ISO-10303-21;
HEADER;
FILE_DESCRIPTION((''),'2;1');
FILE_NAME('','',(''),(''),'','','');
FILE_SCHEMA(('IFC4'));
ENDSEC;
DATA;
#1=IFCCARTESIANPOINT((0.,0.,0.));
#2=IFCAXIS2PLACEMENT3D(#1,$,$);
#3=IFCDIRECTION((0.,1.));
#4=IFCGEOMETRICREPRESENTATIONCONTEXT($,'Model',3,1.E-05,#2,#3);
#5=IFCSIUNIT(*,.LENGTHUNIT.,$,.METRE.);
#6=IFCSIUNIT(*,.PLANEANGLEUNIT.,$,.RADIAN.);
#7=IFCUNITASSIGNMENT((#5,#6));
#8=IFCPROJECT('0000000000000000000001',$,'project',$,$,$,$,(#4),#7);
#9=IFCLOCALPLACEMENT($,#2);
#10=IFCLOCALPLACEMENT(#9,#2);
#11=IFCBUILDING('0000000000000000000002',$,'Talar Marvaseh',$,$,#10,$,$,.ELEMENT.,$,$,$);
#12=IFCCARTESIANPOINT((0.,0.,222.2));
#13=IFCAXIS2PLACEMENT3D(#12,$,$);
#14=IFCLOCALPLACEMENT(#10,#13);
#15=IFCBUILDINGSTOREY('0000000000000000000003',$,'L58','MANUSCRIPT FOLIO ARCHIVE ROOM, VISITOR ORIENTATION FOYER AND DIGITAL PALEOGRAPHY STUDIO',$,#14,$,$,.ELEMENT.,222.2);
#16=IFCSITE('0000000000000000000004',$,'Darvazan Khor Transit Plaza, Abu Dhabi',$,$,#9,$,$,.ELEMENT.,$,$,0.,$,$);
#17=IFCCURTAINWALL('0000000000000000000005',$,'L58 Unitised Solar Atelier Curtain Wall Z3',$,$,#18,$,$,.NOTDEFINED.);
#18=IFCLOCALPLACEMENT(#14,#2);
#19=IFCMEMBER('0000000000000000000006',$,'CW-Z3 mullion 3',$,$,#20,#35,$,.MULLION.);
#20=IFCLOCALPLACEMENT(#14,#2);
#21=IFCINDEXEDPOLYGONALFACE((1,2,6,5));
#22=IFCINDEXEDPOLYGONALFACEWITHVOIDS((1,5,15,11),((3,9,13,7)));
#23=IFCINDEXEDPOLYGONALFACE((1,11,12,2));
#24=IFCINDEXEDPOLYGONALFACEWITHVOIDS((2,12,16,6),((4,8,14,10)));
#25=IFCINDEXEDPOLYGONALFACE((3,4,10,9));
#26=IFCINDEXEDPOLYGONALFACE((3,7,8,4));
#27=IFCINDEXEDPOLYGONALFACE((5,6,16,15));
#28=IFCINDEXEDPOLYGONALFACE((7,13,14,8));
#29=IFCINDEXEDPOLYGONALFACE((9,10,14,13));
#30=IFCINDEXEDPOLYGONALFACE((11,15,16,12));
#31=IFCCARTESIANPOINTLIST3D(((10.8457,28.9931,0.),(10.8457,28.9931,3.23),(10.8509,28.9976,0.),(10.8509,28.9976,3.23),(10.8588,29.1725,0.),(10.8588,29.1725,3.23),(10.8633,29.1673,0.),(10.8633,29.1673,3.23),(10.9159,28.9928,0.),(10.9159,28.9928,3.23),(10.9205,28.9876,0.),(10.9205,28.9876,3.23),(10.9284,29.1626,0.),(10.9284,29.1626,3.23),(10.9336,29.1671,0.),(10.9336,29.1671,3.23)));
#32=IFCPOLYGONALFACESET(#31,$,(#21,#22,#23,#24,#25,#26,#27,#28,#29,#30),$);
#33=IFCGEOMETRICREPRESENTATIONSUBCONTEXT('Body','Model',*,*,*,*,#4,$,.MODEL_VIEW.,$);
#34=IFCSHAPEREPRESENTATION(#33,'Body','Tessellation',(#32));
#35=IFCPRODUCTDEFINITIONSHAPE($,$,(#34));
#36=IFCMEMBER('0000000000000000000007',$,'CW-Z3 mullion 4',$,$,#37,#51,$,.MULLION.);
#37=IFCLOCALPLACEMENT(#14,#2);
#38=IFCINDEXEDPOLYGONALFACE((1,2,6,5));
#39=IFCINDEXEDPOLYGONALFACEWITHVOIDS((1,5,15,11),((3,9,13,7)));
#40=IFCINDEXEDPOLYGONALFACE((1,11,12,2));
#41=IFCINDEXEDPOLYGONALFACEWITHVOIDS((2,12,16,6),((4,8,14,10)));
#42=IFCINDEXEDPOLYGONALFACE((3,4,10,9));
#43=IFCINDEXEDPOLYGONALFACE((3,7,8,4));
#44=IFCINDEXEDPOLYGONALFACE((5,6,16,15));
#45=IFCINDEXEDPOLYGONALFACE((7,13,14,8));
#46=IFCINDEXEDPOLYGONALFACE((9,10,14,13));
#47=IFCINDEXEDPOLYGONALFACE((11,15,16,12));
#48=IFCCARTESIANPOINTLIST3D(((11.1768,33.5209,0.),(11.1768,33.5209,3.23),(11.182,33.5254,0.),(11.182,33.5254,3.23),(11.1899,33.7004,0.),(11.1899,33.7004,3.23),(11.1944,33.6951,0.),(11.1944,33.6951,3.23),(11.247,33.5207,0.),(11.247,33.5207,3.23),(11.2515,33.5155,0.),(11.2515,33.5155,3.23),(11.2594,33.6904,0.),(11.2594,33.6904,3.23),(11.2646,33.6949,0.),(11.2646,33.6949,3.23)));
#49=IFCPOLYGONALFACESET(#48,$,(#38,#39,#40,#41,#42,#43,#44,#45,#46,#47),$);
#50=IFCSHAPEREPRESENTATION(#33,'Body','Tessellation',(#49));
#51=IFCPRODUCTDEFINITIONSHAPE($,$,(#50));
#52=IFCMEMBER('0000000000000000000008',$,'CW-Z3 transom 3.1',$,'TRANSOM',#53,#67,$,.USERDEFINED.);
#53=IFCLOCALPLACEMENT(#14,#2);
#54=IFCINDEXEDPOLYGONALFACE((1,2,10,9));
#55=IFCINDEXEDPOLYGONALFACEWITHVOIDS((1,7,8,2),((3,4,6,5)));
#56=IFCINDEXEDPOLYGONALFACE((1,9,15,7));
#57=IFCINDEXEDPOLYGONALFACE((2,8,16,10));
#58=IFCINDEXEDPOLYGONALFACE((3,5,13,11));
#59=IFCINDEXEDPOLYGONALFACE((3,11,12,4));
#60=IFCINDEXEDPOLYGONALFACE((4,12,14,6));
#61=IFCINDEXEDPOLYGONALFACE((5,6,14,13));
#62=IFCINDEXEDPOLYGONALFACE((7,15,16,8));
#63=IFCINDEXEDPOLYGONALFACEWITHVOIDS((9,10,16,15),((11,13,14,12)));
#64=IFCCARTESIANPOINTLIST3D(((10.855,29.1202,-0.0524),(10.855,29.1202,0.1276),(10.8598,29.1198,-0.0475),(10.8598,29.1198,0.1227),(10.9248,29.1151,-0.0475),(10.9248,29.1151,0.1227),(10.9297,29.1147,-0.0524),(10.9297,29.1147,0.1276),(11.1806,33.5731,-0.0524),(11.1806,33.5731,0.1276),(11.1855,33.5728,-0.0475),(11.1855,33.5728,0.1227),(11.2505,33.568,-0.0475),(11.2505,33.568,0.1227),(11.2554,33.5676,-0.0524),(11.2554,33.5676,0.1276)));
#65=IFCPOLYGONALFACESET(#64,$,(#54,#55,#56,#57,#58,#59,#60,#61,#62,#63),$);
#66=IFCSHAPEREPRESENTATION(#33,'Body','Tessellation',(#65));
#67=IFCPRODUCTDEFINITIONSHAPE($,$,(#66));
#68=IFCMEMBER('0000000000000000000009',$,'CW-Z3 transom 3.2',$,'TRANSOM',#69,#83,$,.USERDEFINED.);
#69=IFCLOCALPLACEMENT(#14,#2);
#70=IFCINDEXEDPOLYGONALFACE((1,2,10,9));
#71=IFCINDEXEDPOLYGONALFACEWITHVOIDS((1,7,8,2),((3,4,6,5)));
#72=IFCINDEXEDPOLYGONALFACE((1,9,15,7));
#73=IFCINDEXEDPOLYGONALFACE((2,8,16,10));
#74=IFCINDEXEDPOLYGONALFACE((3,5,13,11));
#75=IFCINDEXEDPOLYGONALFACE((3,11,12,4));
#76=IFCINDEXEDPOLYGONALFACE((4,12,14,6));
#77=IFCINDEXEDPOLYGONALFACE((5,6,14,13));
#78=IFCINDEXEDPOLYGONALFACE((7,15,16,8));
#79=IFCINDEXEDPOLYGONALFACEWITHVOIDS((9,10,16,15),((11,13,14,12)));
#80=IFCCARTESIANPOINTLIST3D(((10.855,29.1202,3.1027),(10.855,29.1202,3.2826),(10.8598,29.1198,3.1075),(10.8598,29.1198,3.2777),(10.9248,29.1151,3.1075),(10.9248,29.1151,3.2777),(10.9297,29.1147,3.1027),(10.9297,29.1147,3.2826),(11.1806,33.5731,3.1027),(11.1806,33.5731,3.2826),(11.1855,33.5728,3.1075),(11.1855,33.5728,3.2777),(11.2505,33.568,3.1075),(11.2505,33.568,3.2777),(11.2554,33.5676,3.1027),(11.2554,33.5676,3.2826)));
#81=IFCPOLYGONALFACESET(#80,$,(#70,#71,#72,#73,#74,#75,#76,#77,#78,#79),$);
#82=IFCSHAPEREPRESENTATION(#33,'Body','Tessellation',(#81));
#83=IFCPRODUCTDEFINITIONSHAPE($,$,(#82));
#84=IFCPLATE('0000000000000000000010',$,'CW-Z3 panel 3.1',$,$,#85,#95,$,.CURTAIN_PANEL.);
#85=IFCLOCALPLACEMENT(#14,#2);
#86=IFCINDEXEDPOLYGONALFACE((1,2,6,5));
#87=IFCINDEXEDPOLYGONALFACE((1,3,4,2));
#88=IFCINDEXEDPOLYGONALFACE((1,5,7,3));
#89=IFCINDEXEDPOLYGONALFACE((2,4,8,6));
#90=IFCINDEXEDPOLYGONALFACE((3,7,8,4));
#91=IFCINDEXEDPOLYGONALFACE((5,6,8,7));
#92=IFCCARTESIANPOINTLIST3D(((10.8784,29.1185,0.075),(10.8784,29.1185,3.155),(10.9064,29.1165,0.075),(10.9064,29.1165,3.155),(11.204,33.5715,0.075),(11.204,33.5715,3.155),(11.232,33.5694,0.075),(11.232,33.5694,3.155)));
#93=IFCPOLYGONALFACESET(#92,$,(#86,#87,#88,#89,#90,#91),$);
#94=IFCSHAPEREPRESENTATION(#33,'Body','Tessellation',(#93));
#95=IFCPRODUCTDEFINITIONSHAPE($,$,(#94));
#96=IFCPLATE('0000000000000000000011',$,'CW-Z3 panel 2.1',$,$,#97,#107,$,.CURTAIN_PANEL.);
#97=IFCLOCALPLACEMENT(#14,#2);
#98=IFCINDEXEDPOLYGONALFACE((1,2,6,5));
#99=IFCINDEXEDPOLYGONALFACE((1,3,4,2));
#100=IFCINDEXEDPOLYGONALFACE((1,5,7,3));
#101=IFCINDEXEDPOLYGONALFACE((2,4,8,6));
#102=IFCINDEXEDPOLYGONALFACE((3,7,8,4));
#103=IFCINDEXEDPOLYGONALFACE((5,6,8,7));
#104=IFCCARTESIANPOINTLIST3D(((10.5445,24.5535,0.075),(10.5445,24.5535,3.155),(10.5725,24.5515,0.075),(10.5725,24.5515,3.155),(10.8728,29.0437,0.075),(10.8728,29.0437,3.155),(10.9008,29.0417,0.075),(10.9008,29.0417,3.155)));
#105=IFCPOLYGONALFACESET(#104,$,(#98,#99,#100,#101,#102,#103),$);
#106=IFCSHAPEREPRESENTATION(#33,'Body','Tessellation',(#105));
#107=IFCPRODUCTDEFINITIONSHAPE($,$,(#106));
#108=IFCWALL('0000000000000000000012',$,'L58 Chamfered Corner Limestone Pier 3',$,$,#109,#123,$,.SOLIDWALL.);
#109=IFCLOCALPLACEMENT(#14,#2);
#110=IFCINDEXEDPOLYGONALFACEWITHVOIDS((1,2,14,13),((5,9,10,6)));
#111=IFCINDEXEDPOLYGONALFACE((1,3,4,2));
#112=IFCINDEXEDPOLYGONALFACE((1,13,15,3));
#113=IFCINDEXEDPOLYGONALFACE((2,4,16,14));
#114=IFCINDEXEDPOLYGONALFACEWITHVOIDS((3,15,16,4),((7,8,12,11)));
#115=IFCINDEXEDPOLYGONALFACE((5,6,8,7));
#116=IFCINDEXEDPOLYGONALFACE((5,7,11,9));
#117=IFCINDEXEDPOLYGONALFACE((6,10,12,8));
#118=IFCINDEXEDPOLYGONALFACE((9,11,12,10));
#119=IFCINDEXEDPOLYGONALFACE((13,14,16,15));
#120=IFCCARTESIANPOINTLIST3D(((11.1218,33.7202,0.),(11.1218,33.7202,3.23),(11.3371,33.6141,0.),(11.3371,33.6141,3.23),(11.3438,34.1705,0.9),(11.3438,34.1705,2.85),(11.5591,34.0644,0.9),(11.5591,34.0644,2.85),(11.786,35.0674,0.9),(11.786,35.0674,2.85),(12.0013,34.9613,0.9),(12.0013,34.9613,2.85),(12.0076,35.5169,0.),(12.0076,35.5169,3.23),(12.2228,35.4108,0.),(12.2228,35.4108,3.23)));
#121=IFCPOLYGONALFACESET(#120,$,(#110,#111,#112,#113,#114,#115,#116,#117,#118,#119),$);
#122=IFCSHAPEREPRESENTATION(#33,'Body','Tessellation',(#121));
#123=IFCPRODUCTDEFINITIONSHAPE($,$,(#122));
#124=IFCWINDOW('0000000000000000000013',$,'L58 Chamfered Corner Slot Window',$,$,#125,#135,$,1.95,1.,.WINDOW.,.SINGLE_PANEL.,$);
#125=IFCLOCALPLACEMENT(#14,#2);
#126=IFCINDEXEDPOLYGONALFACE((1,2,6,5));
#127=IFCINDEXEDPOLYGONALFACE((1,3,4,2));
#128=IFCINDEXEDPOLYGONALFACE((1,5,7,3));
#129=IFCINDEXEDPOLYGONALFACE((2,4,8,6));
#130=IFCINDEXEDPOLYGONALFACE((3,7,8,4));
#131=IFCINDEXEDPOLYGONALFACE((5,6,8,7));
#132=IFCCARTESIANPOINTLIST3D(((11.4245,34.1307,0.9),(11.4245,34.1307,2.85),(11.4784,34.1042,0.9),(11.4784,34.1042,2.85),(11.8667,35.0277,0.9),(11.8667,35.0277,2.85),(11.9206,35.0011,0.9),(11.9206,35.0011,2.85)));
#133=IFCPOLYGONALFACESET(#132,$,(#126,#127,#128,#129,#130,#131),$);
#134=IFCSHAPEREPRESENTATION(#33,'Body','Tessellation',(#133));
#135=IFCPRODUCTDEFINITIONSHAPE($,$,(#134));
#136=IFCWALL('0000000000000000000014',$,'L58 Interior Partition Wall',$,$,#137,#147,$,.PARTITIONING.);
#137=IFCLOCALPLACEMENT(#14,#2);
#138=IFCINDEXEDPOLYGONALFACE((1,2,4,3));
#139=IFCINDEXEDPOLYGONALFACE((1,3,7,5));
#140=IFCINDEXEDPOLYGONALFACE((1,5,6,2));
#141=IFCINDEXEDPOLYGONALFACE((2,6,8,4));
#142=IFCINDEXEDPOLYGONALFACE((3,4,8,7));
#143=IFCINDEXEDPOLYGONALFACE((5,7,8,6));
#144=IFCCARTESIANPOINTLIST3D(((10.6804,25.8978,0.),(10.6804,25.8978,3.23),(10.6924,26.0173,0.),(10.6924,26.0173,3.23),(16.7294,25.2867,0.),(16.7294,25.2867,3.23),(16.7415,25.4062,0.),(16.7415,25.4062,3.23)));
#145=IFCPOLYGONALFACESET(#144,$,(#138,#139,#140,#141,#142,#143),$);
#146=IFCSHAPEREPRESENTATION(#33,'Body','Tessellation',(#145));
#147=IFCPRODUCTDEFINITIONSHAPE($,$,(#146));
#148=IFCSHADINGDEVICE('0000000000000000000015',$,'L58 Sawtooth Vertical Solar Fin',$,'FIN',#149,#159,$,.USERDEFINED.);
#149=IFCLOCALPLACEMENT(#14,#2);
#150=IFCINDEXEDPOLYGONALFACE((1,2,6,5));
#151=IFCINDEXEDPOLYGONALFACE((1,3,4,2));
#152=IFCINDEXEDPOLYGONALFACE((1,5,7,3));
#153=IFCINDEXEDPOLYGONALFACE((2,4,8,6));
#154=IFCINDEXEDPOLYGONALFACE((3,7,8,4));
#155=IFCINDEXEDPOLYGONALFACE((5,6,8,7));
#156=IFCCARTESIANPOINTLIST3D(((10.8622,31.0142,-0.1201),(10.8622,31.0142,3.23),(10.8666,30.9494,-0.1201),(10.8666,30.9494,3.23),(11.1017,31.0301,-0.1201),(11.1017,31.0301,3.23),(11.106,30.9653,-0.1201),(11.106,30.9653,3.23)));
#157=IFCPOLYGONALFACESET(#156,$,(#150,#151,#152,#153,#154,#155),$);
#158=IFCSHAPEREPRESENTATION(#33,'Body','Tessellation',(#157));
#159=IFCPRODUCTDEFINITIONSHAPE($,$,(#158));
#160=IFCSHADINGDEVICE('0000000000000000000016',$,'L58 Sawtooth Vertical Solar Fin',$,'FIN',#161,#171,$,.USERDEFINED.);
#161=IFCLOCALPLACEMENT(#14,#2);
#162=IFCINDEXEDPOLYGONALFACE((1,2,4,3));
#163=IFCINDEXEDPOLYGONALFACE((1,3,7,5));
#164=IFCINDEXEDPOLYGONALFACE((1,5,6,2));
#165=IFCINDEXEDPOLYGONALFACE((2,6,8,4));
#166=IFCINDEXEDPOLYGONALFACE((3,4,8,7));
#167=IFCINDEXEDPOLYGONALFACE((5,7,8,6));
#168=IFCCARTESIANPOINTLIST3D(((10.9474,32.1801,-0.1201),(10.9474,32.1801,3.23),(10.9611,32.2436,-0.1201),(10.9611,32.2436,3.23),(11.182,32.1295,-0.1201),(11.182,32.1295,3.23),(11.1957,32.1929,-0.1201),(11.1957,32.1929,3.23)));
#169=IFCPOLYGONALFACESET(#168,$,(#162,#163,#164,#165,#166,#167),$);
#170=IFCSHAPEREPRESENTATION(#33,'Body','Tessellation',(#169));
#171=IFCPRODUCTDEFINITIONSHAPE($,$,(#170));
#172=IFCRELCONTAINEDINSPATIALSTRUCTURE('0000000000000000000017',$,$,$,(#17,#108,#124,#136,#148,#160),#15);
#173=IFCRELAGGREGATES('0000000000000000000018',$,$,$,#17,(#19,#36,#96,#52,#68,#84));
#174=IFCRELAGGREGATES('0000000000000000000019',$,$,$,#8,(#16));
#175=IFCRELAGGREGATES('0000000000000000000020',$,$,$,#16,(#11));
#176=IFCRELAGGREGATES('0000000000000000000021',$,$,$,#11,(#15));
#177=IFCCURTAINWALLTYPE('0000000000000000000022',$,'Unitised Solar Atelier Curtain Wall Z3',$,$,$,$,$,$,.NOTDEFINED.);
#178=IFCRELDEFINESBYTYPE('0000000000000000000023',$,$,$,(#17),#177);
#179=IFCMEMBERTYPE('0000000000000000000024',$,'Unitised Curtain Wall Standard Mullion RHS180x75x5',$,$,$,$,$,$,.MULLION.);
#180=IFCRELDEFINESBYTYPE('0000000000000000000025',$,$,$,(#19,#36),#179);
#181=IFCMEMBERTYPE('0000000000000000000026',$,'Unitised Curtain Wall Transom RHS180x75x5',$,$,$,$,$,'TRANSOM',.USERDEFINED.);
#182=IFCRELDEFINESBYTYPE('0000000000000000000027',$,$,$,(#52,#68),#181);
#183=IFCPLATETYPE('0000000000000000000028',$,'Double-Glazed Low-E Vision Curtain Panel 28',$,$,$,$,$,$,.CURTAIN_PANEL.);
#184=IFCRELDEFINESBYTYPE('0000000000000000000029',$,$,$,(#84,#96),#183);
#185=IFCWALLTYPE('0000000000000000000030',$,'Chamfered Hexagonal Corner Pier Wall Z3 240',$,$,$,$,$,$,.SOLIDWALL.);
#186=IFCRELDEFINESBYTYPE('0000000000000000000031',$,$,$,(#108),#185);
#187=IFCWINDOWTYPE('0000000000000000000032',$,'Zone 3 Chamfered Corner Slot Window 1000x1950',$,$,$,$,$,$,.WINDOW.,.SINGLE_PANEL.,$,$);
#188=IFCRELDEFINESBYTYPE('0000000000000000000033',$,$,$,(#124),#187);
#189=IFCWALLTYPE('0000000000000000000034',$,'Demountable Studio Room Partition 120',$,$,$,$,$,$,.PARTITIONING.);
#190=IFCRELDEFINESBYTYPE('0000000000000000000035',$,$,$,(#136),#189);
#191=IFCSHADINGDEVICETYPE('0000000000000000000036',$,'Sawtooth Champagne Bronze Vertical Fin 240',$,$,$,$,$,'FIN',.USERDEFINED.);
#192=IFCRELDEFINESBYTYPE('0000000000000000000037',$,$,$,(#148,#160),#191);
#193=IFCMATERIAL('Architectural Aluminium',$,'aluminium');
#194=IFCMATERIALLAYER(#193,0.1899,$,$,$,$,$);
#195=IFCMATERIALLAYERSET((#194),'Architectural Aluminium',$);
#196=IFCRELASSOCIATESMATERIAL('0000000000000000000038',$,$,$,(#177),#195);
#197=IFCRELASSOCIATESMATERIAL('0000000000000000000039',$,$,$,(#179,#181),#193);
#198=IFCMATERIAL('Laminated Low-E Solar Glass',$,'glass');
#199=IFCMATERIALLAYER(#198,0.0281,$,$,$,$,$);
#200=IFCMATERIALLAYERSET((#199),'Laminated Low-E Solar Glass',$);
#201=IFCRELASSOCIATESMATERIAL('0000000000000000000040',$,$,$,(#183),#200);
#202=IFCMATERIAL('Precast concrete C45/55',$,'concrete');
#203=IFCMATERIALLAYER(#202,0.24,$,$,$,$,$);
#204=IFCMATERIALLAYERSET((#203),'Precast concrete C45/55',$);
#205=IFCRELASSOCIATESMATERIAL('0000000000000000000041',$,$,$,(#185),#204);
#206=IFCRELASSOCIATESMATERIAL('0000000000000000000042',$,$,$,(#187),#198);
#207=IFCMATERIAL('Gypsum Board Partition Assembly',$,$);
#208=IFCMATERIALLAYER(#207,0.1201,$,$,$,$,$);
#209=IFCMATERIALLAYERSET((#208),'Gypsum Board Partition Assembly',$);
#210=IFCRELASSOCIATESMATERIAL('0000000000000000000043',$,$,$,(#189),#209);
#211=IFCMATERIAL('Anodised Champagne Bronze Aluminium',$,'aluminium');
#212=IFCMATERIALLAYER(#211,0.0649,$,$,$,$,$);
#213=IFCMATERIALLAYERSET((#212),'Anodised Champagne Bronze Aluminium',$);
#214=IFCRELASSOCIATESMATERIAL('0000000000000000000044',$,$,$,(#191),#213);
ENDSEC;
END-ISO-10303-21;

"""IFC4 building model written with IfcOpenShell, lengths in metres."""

from ifc_helpers import new_model, si_unit, direction, frame, frame_2d, origin, origin_2d, place, context, subcontext, project, spatial, rectangle, hollow_rectangle, extrude, source, transform, mapped, material, layer, layer_set, material_profile, profile_set, type_object, type_shapes, element, fill, aggregate, save


model = new_model("IFC4")

# Units and contexts
model_context = context("Model", 3, precision=1e-05, world=origin(), true_north=direction((0.0, 1.0)))
body_context = subcontext(model_context, "Body", "Model", "MODEL_VIEW")
ifc_project = project(units=[si_unit("LENGTHUNIT", "METRE"), si_unit("PLANEANGLEUNIT", "RADIAN")], contexts=[model_context])

# Site, building, storey
site_placement = place(None, origin())
site = spatial("IfcSite", under=ifc_project, at=site_placement, Name="Darvazan Khor Transit Plaza, Abu Dhabi", CompositionType="ELEMENT", RefElevation=0.0)
building_placement = place(site_placement, origin())
building = spatial("IfcBuilding", under=site, at=building_placement, Name="Talar Marvaseh", CompositionType="ELEMENT")
storey_placement = place(building_placement, frame((0.0, 0.0, 222.2)))
storey = spatial("IfcBuildingStorey", under=building, at=storey_placement, Name="L58", Description="MANUSCRIPT FOLIO ARCHIVE ROOM, VISITOR ORIENTATION FOYER AND DIGITAL PALEOGRAPHY STUDIO", CompositionType="ELEMENT", Elevation=222.2)

# Curtain wall, members, plates
ifc_material_1 = material(Name="Architectural Aluminium", Category="aluminium")
ifc_layer_1 = layer(ifc_material_1, 0.1899)
ifc_layer_set_1 = layer_set([ifc_layer_1], Name="Architectural Aluminium")
curtain_wall_type = type_object("IfcCurtainWallType", Name="Unitised Solar Atelier Curtain Wall Z3", PredefinedType="NOTDEFINED", material=ifc_layer_set_1)
curtain_wall_placement = place(storey_placement, origin())
curtain_wall = element("IfcCurtainWall", 1, at=curtain_wall_placement, inside=storey, type_object=curtain_wall_type, Name="L58 Unitised Solar Atelier Curtain Wall Z3", PredefinedType="NOTDEFINED")
ifc_material_profile_1 = material_profile(ifc_material_1, hollow_rectangle(XDim=0.075, YDim=0.1799, WallThickness=0.0049, at=origin_2d()), Name="RHS180x75x5")
ifc_profile_set_1 = profile_set([ifc_material_profile_1], Name="Architectural Aluminium")
member_type_1 = type_object("IfcMemberType", Name="Unitised Curtain Wall Standard Mullion RHS180x75x5", PredefinedType="MULLION", material=ifc_profile_set_1)
shared_shape_1 = source(origin(), body_context, "Body", "SweptSolid", [
    extrude(hollow_rectangle(XDim=0.075, YDim=0.1799, WallThickness=0.0049, at=origin_2d()), origin(), (0.0, 0.0, 1.0), 3.23),
])
type_shapes(member_type_1, [shared_shape_1])
member_1_placement = place(storey_placement, frame((10.8896, 29.0801, 0.0), z_axis=(0.0, 0.0, 1.0), x_axis=(-0.997337, 0.072926, 0.0)))
member_1 = element("IfcMember", 2, at=member_1_placement, type_object=member_type_1, Name="CW-Z3 mullion 3", PredefinedType="MULLION", context=body_context, shape_type="MappedRepresentation", body=[
    mapped(shared_shape_1, transform((0.0, 0.0, 0.0), x_axis=(1.0, 0.0, 0.0), y_axis=(0.0, 1.0, 0.0), z_axis=(0.0, 0.0, 1.0), scale=1.0)),
])
member_2_placement = place(storey_placement, frame((11.2207, 33.6079, 0.0), z_axis=(0.0, 0.0, 1.0), x_axis=(-0.997337, 0.072926, 0.0)))
member_2 = element("IfcMember", 3, at=member_2_placement, type_object=member_type_1, Name="CW-Z3 mullion 4", PredefinedType="MULLION", context=body_context, shape_type="MappedRepresentation", body=[
    mapped(shared_shape_1, transform((0.0, 0.0, 0.0), x_axis=(1.0, 0.0, 0.0), y_axis=(0.0, 1.0, 0.0), z_axis=(0.0, 0.0, 1.0), scale=1.0)),
])
ifc_material_profile_2 = material_profile(ifc_material_1, hollow_rectangle(XDim=0.075, YDim=0.1799, WallThickness=0.0049, at=origin_2d()), Name="RHS180x75x5")
ifc_profile_set_2 = profile_set([ifc_material_profile_2], Name="Architectural Aluminium")
member_type_2 = type_object("IfcMemberType", Name="Unitised Curtain Wall Transom RHS180x75x5", ElementType="TRANSOM", PredefinedType="USERDEFINED", material=ifc_profile_set_2)
shared_shape_2 = source(origin(), body_context, "Body", "SweptSolid", [
    extrude(hollow_rectangle(XDim=0.075, YDim=0.1799, WallThickness=0.0049, at=origin_2d()), origin(), (0.0, 0.0, 1.0), 4.4648),
])
type_shapes(member_type_2, [shared_shape_2])
member_3_placement = place(storey_placement, frame((10.8923, 29.1174, 0.0376), z_axis=(0.072945, 0.997336, 0.0), x_axis=(-0.997336, 0.072945, 0.0)))
member_3 = element("IfcMember", 4, at=member_3_placement, type_object=member_type_2, Name="CW-Z3 transom 3.1", ObjectType="TRANSOM", PredefinedType="USERDEFINED", context=body_context, shape_type="MappedRepresentation", body=[
    mapped(shared_shape_2, transform((0.0, 0.0, 0.0), x_axis=(1.0, 0.0, 0.0), y_axis=(0.0, 1.0, 0.0), z_axis=(0.0, 0.0, 1.0), scale=1.0)),
])
member_4_placement = place(storey_placement, frame((10.8923, 29.1174, 3.1926), z_axis=(0.072945, 0.997336, 0.0), x_axis=(-0.997336, 0.072945, 0.0)))
member_4 = element("IfcMember", 5, at=member_4_placement, type_object=member_type_2, Name="CW-Z3 transom 3.2", ObjectType="TRANSOM", PredefinedType="USERDEFINED", context=body_context, shape_type="MappedRepresentation", body=[
    mapped(shared_shape_2, transform((0.0, 0.0, 0.0), x_axis=(1.0, 0.0, 0.0), y_axis=(0.0, 1.0, 0.0), z_axis=(0.0, 0.0, 1.0), scale=1.0)),
])
ifc_material_2 = material(Name="Laminated Low-E Solar Glass", Category="glass")
ifc_layer_2 = layer(ifc_material_2, 0.0281)
ifc_layer_set_2 = layer_set([ifc_layer_2], Name="Laminated Low-E Solar Glass")
plate_type = type_object("IfcPlateType", Name="Double-Glazed Low-E Vision Curtain Panel 28", PredefinedType="CURTAIN_PANEL", material=ifc_layer_set_2)
shared_shape_3 = source(origin(), body_context, "Body", "SweptSolid", [
    extrude(rectangle(XDim=4.4648, YDim=0.0281, at=origin_2d()), origin(), (0.0, 0.0, 1.0), 3.0801),
])
plate_1_placement = place(storey_placement, frame((11.0552, 31.344, 0.075), z_axis=(0.0, 0.0, 1.0), x_axis=(0.072926, 0.997337, 0.0)))
plate_1 = element("IfcPlate", 6, at=plate_1_placement, type_object=plate_type, Name="CW-Z3 panel 3.1", PredefinedType="CURTAIN_PANEL", context=body_context, shape_type="MappedRepresentation", body=[
    mapped(shared_shape_3, transform((0.0, 0.0, 0.0), x_axis=(1.0, 0.0, 0.0), y_axis=(0.0, 1.0, 0.0), z_axis=(0.0, 0.0, 1.0), scale=1.0)),
])
shared_shape_4 = source(origin(), body_context, "Body", "SweptSolid", [
    extrude(rectangle(XDim=4.5022, YDim=0.0281, at=origin_2d()), origin(), (0.0, 0.0, 1.0), 3.0801),
])
type_shapes(plate_type, [shared_shape_3, shared_shape_4])
plate_2_placement = place(storey_placement, frame((10.7227, 26.7976, 0.075), z_axis=(0.0, 0.0, 1.0), x_axis=(0.072926, 0.997337, 0.0)))
plate_2 = element("IfcPlate", 7, at=plate_2_placement, type_object=plate_type, Name="CW-Z3 panel 2.1", PredefinedType="CURTAIN_PANEL", context=body_context, shape_type="MappedRepresentation", body=[
    mapped(shared_shape_4, transform((0.0, 0.0, 0.0), x_axis=(1.0, 0.0, 0.0), y_axis=(0.0, 1.0, 0.0), z_axis=(0.0, 0.0, 1.0), scale=1.0)),
])
aggregate(curtain_wall, [member_1, member_2, plate_2, member_3, member_4, plate_1])

# Wall, opening, window
ifc_material_3 = material(Name="Precast concrete C45/55", Category="concrete")
ifc_layer_3 = layer(ifc_material_3, 0.24)
ifc_layer_set_3 = layer_set([ifc_layer_3], Name="Precast concrete C45/55")
wall_type_1 = type_object("IfcWallType", Name="Chamfered Hexagonal Corner Pier Wall Z3 240", PredefinedType="SOLIDWALL", material=ifc_layer_set_3)
wall_1_placement = place(storey_placement, frame((11.2295, 33.6672, 0.0), z_axis=(0.0, 0.0, 1.0), x_axis=(0.442185, 0.896924, 0.0)))
wall_1 = element("IfcWall", 8, at=wall_1_placement, inside=storey, type_object=wall_type_1, Name="L58 Chamfered Corner Limestone Pier 3", PredefinedType="SOLIDWALL", context=body_context, shape_type="SweptSolid", body=[
    extrude(rectangle(XDim=2.0032, YDim=0.24, at=frame_2d((1.0015, 0.0))), origin(), (0.0, 0.0, 1.0), 3.23),
])
opening_placement = place(wall_1_placement, frame((0.502, 0.0, 0.8999)))
opening = element("IfcOpeningElement", 9, at=opening_placement, cuts=wall_1, PredefinedType="OPENING", context=body_context, shape_type="SweptSolid", body=[
    extrude(rectangle(XDim=1.0, YDim=1.95, at=frame_2d((0.5, 0.9751))), frame((0.0, 0.1299, 0.0), z_axis=(0.0, -1.0, 0.0), x_axis=(1.0, 0.0, 0.0)), (0.0, 0.0, 1.0), 0.26),
])
window_type = type_object("IfcWindowType", Name="Zone 3 Chamfered Corner Slot Window 1000x1950", PartitioningType="SINGLE_PANEL", PredefinedType="WINDOW", material=ifc_material_2)
shared_shape_5 = source(origin(), body_context, "Body", "SweptSolid", [
    extrude(rectangle(XDim=1.0, YDim=1.95, at=frame_2d((0.5, 0.9751))), frame((0.0, 0.03, 0.0), z_axis=(0.0, -1.0, 0.0), x_axis=(1.0, 0.0, 0.0)), (0.0, 0.0, 1.0), 0.0601),
])
type_shapes(window_type, [shared_shape_5])
window_placement = place(opening_placement, origin())
window = element("IfcWindow", 10, at=window_placement, inside=storey, type_object=window_type, Name="L58 Chamfered Corner Slot Window", OverallHeight=1.95, OverallWidth=1.0, PartitioningType="SINGLE_PANEL", PredefinedType="WINDOW", context=body_context, shape_type="MappedRepresentation", body=[
    mapped(shared_shape_5, transform((0.0, 0.0, 0.0), x_axis=(1.0, 0.0, 0.0), y_axis=(0.0, 1.0, 0.0), z_axis=(0.0, 0.0, 1.0), scale=1.0)),
])
fill(opening, window)

# Wall
ifc_material_4 = material(Name="Gypsum Board Partition Assembly")
ifc_layer_4 = layer(ifc_material_4, 0.1201)
ifc_layer_set_4 = layer_set([ifc_layer_4], Name="Gypsum Board Partition Assembly")
wall_type_2 = type_object("IfcWallType", Name="Demountable Studio Room Partition 120", PredefinedType="PARTITIONING", material=ifc_layer_set_4)
wall_2_placement = place(storey_placement, frame((10.6863, 25.9575, 0.0), z_axis=(0.0, 0.0, 1.0), x_axis=(0.994936, -0.10051, 0.0)))
element("IfcWall", 11, at=wall_2_placement, inside=storey, type_object=wall_type_2, Name="L58 Interior Partition Wall", PredefinedType="PARTITIONING", context=body_context, shape_type="SweptSolid", body=[
    extrude(rectangle(XDim=6.0798, YDim=0.1201, at=frame_2d((3.04, 0.0))), origin(), (0.0, 0.0, 1.0), 3.23),
])

# Shading devices
ifc_material_5 = material(Name="Anodised Champagne Bronze Aluminium", Category="aluminium")
ifc_layer_5 = layer(ifc_material_5, 0.0649)
ifc_layer_set_5 = layer_set([ifc_layer_5], Name="Anodised Champagne Bronze Aluminium")
shading_device_type_1 = type_object("IfcShadingDeviceType", Name="Sawtooth Champagne Bronze Vertical Fin 240", ElementType="FIN", PredefinedType="USERDEFINED", material=ifc_layer_set_5)
shared_shape_6 = source(origin(), body_context, "Body", "SweptSolid", [
    extrude(rectangle(XDim=0.24, YDim=0.0649, at=origin_2d()), origin(), (0.0, 0.0, 1.0), 3.3501),
])
type_shapes(shading_device_type_1, [shared_shape_6])
for number, where, z_axis, x_axis, name in (
    (12, (10.9841, 30.9897, -0.1201), (0.0, 0.0, 1.0), (-0.997778, -0.066622, 0.0), "L58 Sawtooth Vertical Solar Fin"),
    (13, (11.0715, 32.1865, -0.1201), (0.0, 0.0, 1.0), (-0.97749, 0.210984, 0.0), "L58 Sawtooth Vertical Solar Fin"),
):
    element("IfcShadingDevice", number, at=place(storey_placement, frame(where, z_axis=z_axis, x_axis=x_axis)), inside=storey, type_object=shading_device_type_1, Name=name, ObjectType="FIN", PredefinedType="USERDEFINED", context=body_context, shape_type="MappedRepresentation", body=[
        mapped(shared_shape_6, transform((0.0, 0.0, 0.0), x_axis=(1.0, 0.0, 0.0), y_axis=(0.0, 1.0, 0.0), z_axis=(0.0, 0.0, 1.0), scale=1.0)),
    ])

save(model, "model.ifc")
